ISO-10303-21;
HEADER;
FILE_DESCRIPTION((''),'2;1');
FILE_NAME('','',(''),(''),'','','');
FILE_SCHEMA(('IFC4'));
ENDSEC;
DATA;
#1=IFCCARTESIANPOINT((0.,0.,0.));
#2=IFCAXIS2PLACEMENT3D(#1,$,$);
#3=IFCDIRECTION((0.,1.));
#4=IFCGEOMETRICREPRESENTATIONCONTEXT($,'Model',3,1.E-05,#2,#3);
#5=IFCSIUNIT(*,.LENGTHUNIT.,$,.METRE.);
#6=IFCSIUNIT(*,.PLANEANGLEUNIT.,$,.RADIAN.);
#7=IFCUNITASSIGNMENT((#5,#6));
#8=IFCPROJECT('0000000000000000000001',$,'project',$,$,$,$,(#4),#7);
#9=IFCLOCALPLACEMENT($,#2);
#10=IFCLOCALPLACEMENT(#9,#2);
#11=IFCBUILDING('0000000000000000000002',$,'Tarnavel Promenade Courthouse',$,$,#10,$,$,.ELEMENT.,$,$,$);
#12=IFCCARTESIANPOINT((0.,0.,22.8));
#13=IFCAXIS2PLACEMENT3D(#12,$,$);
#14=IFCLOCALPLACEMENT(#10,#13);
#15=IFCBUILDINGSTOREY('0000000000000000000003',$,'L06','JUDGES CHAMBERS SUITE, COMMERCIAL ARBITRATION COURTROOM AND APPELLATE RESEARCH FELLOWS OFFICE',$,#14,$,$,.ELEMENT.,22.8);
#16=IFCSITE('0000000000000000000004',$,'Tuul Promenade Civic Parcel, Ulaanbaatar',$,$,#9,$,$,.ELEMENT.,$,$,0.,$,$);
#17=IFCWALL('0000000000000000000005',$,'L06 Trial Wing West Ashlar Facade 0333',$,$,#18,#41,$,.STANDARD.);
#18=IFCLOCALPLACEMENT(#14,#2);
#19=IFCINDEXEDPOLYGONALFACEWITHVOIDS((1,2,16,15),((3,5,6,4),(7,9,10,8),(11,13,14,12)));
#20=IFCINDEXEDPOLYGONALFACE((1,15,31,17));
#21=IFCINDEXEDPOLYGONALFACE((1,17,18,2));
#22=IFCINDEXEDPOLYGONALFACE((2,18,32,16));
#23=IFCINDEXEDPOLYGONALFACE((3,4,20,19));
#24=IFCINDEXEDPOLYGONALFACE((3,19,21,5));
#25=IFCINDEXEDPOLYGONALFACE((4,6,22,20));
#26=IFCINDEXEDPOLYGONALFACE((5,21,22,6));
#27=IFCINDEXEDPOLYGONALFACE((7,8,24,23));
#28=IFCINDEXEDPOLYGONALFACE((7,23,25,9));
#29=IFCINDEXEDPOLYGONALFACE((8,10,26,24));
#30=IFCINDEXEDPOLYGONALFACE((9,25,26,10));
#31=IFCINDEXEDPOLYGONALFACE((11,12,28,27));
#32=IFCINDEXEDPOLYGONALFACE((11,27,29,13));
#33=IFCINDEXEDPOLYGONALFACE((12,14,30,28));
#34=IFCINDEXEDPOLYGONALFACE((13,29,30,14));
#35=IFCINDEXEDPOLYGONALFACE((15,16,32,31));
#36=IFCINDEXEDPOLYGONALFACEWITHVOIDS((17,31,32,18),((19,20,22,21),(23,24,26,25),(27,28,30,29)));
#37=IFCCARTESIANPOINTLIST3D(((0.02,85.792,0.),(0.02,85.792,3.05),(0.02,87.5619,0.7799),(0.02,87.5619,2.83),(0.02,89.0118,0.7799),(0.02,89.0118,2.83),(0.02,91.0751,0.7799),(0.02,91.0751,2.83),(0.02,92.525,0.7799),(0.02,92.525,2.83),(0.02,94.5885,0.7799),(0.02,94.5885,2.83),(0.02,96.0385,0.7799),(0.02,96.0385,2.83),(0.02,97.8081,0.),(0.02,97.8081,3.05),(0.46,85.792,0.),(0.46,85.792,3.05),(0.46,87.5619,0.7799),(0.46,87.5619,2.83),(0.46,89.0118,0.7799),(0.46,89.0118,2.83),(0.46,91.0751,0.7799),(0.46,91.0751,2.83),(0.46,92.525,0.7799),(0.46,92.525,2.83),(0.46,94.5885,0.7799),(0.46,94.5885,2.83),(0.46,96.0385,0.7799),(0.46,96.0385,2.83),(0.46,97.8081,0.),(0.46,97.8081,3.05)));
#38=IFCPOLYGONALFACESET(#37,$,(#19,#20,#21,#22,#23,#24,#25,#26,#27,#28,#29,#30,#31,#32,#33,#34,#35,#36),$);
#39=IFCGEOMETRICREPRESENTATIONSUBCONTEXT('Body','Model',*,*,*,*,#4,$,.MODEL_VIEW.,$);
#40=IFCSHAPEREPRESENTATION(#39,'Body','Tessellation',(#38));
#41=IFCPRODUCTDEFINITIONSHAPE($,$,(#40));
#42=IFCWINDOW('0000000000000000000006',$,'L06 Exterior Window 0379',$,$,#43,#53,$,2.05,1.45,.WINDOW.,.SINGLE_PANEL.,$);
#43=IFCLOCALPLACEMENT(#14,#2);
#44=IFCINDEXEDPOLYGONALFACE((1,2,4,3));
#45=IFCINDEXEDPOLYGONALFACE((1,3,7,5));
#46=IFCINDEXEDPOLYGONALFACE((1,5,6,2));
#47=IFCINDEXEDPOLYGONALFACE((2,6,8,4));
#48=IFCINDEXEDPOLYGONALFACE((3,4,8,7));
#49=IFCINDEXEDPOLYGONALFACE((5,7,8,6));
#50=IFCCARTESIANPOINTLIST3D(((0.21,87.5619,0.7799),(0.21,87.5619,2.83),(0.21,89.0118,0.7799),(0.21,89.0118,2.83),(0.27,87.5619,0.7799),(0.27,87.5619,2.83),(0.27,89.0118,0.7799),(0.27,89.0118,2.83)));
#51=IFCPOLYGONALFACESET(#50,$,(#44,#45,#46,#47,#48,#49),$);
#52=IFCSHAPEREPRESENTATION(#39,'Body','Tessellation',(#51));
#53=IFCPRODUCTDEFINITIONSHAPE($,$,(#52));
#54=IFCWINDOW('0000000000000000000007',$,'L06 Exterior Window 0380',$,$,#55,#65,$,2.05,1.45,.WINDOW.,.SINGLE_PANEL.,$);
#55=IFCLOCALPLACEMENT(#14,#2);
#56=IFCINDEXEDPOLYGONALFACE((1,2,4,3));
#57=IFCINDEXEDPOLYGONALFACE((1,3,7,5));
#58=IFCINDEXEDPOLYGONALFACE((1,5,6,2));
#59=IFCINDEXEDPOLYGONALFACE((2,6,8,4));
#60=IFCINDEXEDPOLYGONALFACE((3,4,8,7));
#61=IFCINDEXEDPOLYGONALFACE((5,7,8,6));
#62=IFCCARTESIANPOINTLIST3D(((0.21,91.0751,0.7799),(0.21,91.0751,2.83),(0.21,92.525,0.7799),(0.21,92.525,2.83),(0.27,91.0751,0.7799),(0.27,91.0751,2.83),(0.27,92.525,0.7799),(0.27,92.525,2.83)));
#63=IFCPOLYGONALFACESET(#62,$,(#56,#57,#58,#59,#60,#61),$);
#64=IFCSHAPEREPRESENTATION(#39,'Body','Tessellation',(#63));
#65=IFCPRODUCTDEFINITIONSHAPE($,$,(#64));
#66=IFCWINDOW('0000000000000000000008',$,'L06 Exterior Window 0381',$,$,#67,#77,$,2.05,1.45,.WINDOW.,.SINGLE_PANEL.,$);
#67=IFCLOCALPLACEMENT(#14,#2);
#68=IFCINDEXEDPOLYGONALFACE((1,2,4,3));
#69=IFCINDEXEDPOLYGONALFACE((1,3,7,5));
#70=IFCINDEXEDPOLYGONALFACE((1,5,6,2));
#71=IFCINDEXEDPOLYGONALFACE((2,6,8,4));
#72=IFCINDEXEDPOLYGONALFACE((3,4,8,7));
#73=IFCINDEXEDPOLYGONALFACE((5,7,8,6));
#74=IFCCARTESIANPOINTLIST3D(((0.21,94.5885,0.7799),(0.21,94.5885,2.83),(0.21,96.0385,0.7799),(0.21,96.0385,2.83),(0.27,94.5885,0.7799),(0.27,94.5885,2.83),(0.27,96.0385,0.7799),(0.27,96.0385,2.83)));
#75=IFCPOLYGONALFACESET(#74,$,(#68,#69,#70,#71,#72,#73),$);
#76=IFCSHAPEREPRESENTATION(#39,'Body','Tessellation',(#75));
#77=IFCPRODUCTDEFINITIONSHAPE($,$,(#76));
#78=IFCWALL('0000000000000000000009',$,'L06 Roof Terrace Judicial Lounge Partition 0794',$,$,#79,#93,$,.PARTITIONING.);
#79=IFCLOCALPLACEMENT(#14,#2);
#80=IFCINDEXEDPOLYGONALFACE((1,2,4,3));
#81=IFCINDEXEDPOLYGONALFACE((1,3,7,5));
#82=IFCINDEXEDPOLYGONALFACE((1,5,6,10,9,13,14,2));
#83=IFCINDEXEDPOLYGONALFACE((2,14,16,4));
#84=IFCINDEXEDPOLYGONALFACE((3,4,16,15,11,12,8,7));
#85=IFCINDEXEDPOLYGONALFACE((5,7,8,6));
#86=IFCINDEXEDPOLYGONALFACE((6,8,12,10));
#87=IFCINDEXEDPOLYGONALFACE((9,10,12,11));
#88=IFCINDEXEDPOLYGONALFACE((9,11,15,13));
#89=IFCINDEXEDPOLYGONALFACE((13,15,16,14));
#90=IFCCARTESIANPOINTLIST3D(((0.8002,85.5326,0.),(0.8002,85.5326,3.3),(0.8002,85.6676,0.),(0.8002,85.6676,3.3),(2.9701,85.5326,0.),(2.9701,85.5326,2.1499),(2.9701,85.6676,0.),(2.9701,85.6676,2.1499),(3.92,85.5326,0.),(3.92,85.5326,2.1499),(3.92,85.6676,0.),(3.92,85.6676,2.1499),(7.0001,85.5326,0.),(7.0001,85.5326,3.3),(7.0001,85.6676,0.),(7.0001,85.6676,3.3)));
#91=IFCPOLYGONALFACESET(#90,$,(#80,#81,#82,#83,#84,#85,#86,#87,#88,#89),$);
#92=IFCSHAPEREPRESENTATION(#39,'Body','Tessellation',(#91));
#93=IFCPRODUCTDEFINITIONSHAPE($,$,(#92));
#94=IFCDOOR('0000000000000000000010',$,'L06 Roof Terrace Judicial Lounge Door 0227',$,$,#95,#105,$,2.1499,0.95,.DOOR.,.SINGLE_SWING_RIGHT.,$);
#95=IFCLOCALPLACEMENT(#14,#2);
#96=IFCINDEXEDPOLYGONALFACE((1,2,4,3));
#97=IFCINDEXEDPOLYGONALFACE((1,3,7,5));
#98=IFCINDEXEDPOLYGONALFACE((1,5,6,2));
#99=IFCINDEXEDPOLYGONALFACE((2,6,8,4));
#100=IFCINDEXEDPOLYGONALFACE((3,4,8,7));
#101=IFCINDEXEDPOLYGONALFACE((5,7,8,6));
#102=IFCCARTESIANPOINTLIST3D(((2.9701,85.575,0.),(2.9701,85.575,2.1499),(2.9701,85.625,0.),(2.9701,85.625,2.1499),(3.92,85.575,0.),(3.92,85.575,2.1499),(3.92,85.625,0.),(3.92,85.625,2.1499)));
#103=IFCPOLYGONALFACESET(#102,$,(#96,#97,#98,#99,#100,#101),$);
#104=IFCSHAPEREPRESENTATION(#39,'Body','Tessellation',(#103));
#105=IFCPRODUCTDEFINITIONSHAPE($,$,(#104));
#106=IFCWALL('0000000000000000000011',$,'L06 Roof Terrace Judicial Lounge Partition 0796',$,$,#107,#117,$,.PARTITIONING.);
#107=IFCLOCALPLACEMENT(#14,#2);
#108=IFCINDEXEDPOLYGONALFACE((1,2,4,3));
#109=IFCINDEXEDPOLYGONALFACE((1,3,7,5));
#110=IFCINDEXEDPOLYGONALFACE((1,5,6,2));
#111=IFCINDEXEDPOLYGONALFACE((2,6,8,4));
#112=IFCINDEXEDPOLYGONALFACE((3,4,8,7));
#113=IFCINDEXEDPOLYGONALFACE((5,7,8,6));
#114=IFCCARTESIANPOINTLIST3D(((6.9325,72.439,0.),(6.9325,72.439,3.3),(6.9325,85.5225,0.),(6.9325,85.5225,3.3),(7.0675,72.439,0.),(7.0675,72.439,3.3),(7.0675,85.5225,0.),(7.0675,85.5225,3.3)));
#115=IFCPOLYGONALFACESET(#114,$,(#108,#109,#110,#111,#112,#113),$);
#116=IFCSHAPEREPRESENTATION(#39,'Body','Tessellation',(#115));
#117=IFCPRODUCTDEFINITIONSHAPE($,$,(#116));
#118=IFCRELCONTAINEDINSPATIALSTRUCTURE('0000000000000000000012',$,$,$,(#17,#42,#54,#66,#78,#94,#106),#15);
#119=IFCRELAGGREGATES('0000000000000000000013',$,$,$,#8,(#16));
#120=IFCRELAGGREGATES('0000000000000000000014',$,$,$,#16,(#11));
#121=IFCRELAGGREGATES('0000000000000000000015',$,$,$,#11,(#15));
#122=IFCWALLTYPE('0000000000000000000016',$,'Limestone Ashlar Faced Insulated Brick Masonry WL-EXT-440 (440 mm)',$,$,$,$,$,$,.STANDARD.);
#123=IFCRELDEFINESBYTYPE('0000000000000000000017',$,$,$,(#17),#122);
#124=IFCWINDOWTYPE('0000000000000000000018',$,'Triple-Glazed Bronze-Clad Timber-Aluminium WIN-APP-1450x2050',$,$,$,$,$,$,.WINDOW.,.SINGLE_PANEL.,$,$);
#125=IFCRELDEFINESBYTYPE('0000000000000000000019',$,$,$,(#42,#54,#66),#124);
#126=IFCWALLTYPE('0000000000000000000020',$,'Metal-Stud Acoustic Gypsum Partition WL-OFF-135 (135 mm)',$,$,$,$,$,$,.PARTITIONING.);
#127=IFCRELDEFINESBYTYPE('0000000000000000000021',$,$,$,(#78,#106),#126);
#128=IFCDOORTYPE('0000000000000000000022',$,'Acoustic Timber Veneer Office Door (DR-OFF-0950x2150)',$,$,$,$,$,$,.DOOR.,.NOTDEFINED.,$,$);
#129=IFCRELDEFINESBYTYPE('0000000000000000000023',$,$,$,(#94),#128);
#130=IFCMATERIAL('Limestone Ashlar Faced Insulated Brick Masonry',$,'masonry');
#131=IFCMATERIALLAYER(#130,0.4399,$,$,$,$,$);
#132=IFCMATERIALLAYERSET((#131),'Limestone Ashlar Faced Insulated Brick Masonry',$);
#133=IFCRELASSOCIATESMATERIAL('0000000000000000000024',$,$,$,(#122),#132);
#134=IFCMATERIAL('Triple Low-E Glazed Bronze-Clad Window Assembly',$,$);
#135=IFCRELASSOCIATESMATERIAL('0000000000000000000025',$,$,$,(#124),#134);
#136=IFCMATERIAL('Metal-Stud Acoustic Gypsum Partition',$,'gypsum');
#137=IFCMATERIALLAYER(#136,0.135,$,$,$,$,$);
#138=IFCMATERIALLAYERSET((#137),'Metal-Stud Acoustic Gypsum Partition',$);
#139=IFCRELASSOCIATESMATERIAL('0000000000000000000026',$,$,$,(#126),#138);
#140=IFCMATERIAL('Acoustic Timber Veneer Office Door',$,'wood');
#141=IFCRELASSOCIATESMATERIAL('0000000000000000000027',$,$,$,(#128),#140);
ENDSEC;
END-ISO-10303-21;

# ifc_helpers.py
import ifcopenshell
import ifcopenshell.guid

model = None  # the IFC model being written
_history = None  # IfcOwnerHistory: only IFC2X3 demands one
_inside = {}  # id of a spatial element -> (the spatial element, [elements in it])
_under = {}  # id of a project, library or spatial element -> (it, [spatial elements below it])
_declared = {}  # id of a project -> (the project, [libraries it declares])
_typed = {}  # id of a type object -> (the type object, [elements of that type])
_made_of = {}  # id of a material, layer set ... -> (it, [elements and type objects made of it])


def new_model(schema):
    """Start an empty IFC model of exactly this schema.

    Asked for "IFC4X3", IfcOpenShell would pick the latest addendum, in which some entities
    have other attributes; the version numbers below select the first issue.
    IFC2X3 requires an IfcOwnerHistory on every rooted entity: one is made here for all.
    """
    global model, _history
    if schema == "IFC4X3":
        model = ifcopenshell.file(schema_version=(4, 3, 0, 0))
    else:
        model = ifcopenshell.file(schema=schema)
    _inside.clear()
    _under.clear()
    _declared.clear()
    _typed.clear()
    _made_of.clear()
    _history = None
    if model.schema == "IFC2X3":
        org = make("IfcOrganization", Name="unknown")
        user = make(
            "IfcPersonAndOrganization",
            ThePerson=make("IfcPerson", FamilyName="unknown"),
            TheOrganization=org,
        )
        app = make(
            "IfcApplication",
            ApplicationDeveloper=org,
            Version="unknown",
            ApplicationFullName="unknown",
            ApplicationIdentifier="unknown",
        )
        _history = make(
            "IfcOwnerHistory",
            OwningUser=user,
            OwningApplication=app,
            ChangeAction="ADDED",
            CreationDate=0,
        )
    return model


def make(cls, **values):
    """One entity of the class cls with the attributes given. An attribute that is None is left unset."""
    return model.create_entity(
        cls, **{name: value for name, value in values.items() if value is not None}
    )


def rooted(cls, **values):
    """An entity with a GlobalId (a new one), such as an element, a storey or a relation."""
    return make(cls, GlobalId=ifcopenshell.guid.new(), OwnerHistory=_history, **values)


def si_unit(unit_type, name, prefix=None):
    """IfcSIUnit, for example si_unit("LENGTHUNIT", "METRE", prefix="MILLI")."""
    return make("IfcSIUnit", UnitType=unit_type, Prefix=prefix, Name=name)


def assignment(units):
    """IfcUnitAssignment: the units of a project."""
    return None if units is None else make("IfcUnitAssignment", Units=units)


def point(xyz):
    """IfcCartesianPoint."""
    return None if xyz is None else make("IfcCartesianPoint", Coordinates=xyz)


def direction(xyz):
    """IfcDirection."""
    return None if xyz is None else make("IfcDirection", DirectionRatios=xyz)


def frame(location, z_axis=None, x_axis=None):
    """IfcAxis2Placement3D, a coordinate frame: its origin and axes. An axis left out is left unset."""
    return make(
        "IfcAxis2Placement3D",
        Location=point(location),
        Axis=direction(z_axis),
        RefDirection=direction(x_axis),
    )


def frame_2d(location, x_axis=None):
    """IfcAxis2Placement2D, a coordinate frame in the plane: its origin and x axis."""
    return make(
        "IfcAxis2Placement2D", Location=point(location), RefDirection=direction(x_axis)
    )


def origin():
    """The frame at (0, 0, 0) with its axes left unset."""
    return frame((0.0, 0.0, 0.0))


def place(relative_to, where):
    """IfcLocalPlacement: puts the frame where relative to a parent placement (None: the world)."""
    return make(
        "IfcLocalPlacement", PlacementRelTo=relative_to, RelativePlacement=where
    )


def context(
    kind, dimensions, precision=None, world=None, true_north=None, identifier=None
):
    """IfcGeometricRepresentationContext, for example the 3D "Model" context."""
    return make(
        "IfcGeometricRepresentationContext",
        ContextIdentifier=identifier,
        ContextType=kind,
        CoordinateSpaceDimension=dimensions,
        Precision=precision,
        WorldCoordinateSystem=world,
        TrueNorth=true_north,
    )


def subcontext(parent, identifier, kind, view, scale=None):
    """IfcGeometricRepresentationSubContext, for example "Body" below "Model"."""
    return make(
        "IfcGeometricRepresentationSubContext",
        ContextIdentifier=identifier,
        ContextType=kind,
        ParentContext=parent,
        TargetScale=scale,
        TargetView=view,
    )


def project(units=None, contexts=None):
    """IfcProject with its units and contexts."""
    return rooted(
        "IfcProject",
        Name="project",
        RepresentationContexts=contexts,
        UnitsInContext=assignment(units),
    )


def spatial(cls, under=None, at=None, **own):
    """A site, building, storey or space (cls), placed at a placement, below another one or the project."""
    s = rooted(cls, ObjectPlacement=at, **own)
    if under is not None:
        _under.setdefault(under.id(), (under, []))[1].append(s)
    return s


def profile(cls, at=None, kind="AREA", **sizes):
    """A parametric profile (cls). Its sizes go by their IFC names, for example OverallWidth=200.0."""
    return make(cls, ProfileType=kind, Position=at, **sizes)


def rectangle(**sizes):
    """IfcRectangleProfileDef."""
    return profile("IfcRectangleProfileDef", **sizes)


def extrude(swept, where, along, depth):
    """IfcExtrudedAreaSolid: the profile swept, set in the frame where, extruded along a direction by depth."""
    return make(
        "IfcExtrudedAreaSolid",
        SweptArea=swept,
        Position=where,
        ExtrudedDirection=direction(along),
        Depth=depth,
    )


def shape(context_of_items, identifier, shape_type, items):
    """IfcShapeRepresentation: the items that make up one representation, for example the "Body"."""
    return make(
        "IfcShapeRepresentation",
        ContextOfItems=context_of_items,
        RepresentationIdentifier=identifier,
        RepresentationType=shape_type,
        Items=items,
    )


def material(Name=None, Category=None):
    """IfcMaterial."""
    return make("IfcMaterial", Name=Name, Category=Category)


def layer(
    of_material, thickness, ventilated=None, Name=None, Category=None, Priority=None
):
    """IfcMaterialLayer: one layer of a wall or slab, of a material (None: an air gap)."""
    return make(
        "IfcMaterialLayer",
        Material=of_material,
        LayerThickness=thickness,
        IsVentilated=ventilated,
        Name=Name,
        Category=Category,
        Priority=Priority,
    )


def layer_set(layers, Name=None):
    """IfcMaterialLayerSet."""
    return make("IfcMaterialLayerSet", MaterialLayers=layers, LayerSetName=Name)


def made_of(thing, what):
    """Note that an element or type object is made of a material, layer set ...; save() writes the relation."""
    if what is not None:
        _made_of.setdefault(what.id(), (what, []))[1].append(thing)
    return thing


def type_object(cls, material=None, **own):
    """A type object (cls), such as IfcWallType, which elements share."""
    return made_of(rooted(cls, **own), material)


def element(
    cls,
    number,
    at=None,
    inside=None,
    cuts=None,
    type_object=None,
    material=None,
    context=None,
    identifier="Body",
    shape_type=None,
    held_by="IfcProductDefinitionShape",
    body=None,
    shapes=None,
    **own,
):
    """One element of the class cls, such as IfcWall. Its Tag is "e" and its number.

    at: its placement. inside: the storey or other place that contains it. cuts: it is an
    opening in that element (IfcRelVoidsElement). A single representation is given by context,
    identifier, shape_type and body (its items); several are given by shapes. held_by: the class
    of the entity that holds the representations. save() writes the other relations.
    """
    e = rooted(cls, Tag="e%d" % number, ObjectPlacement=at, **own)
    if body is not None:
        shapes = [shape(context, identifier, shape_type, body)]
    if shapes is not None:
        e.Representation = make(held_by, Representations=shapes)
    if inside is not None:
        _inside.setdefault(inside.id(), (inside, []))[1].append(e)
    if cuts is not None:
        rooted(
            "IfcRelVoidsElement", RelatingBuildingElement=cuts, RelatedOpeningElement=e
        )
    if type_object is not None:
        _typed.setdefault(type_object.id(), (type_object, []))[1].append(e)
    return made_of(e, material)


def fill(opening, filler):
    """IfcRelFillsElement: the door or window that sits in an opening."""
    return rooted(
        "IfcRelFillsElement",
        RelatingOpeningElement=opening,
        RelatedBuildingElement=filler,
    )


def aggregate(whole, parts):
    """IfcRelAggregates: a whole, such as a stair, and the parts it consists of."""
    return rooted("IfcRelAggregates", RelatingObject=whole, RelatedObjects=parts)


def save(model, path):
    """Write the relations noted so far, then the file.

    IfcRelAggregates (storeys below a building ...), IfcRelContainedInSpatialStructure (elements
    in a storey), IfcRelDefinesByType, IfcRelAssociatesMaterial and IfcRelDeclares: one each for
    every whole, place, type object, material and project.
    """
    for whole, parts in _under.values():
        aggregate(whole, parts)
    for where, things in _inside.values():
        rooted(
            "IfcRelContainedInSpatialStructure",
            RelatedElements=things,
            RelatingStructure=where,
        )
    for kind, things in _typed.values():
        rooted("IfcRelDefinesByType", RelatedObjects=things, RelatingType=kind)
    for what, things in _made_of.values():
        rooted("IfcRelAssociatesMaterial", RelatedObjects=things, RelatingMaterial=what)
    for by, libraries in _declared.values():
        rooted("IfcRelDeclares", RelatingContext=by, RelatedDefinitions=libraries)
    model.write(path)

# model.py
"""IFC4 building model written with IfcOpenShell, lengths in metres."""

from ifc_helpers import new_model, si_unit, direction, frame, frame_2d, origin, place, context, subcontext, project, spatial, rectangle, extrude, material, layer, layer_set, type_object, element, fill, save


model = new_model("IFC4")

# Units and contexts
model_context = context("Model", 3, precision=1e-05, world=origin(), true_north=direction((0.0, 1.0)))
body_context = subcontext(model_context, "Body", "Model", "MODEL_VIEW")
ifc_project = project(units=[si_unit("LENGTHUNIT", "METRE"), si_unit("PLANEANGLEUNIT", "RADIAN")], contexts=[model_context])

# Site, building, storey
site_placement = place(None, origin())
site = spatial("IfcSite", under=ifc_project, at=site_placement, Name="Tuul Promenade Civic Parcel, Ulaanbaatar", CompositionType="ELEMENT", RefElevation=0.0)
building_placement = place(site_placement, origin())
building = spatial("IfcBuilding", under=site, at=building_placement, Name="Tarnavel Promenade Courthouse", CompositionType="ELEMENT")
storey_placement = place(building_placement, frame((0.0, 0.0, 22.8)))
storey = spatial("IfcBuildingStorey", under=building, at=storey_placement, Name="L06", Description="JUDGES CHAMBERS SUITE, COMMERCIAL ARBITRATION COURTROOM AND APPELLATE RESEARCH FELLOWS OFFICE", CompositionType="ELEMENT", Elevation=22.8)

# Wall, openings, windows
ifc_material_1 = material(Name="Limestone Ashlar Faced Insulated Brick Masonry", Category="masonry")
ifc_layer_1 = layer(ifc_material_1, 0.4399)
ifc_layer_set_1 = layer_set([ifc_layer_1], Name="Limestone Ashlar Faced Insulated Brick Masonry")
wall_type_1 = type_object("IfcWallType", Name="Limestone Ashlar Faced Insulated Brick Masonry WL-EXT-440 (440 mm)", PredefinedType="STANDARD", material=ifc_layer_set_1)
wall_1_placement = place(storey_placement, frame((0.24, 85.792, 0.0), z_axis=(0.0, 0.0, 1.0), x_axis=(0.0, 1.0, 0.0)))
wall_1 = element("IfcWall", 1, at=wall_1_placement, inside=storey, type_object=wall_type_1, Name="L06 Trial Wing West Ashlar Facade 0333", PredefinedType="STANDARD", context=body_context, shape_type="SweptSolid", body=[
    extrude(rectangle(XDim=12.0161, YDim=0.4399, at=frame_2d((6.0081, 0.0))), origin(), (0.0, 0.0, 1.0), 3.05),
])
opening_1_placement = place(wall_1_placement, frame((1.7698, 0.0, 0.78)))
opening_1 = element("IfcOpeningElement", 2, at=opening_1_placement, cuts=wall_1, PredefinedType="OPENING", context=body_context, shape_type="SweptSolid", body=[
    extrude(rectangle(XDim=1.45, YDim=2.05, at=frame_2d((0.7251, 1.0249))), frame((0.0, 0.23, 0.0), z_axis=(0.0, -1.0, 0.0), x_axis=(1.0, 0.0, 0.0)), (0.0, 0.0, 1.0), 0.46),
])
opening_2_placement = place(wall_1_placement, frame((5.283, 0.0, 0.78)))
opening_2 = element("IfcOpeningElement", 3, at=opening_2_placement, cuts=wall_1, PredefinedType="OPENING", context=body_context, shape_type="SweptSolid", body=[
    extrude(rectangle(XDim=1.45, YDim=2.05, at=frame_2d((0.7251, 1.0249))), frame((0.0, 0.23, 0.0), z_axis=(0.0, -1.0, 0.0), x_axis=(1.0, 0.0, 0.0)), (0.0, 0.0, 1.0), 0.46),
])
opening_3_placement = place(wall_1_placement, frame((8.7964, 0.0, 0.78)))
opening_3 = element("IfcOpeningElement", 4, at=opening_3_placement, cuts=wall_1, PredefinedType="OPENING", context=body_context, shape_type="SweptSolid", body=[
    extrude(rectangle(XDim=1.45, YDim=2.05, at=frame_2d((0.7251, 1.0249))), frame((0.0, 0.23, 0.0), z_axis=(0.0, -1.0, 0.0), x_axis=(1.0, 0.0, 0.0)), (0.0, 0.0, 1.0), 0.46),
])
ifc_material_2 = material(Name="Triple Low-E Glazed Bronze-Clad Window Assembly")
window_type = type_object("IfcWindowType", Name="Triple-Glazed Bronze-Clad Timber-Aluminium WIN-APP-1450x2050", PartitioningType="SINGLE_PANEL", PredefinedType="WINDOW", material=ifc_material_2)
window_1_placement = place(opening_1_placement, origin())
window_1 = element("IfcWindow", 5, at=window_1_placement, inside=storey, type_object=window_type, Name="L06 Exterior Window 0379", OverallHeight=2.05, OverallWidth=1.45, PartitioningType="SINGLE_PANEL", PredefinedType="WINDOW", context=body_context, shape_type="SweptSolid", body=[
    extrude(rectangle(XDim=1.45, YDim=2.05, at=frame_2d((0.7251, 1.0249))), frame((0.0, 0.03, 0.0), z_axis=(0.0, -1.0, 0.0), x_axis=(1.0, 0.0, 0.0)), (0.0, 0.0, 1.0), 0.0601),
])
fill(opening_1, window_1)
window_2_placement = place(opening_2_placement, origin())
window_2 = element("IfcWindow", 6, at=window_2_placement, inside=storey, type_object=window_type, Name="L06 Exterior Window 0380", OverallHeight=2.05, OverallWidth=1.45, PartitioningType="SINGLE_PANEL", PredefinedType="WINDOW", context=body_context, shape_type="SweptSolid", body=[
    extrude(rectangle(XDim=1.45, YDim=2.05, at=frame_2d((0.7251, 1.0249))), frame((0.0, 0.03, 0.0), z_axis=(0.0, -1.0, 0.0), x_axis=(1.0, 0.0, 0.0)), (0.0, 0.0, 1.0), 0.0601),
])
fill(opening_2, window_2)
window_3_placement = place(opening_3_placement, origin())
window_3 = element("IfcWindow", 7, at=window_3_placement, inside=storey, type_object=window_type, Name="L06 Exterior Window 0381", OverallHeight=2.05, OverallWidth=1.45, PartitioningType="SINGLE_PANEL", PredefinedType="WINDOW", context=body_context, shape_type="SweptSolid", body=[
    extrude(rectangle(XDim=1.45, YDim=2.05, at=frame_2d((0.7251, 1.0249))), frame((0.0, 0.03, 0.0), z_axis=(0.0, -1.0, 0.0), x_axis=(1.0, 0.0, 0.0)), (0.0, 0.0, 1.0), 0.0601),
])
fill(opening_3, window_3)

# Wall, opening, door
ifc_material_3 = material(Name="Metal-Stud Acoustic Gypsum Partition", Category="gypsum")
ifc_layer_2 = layer(ifc_material_3, 0.135)
ifc_layer_set_2 = layer_set([ifc_layer_2], Name="Metal-Stud Acoustic Gypsum Partition")
wall_type_2 = type_object("IfcWallType", Name="Metal-Stud Acoustic Gypsum Partition WL-OFF-135 (135 mm)", PredefinedType="PARTITIONING", material=ifc_layer_set_2)
wall_2_placement = place(storey_placement, frame((0.8, 85.6001, 0.0), z_axis=(0.0, 0.0, 1.0), x_axis=(1.0, 0.0, 0.0)))
wall_2 = element("IfcWall", 8, at=wall_2_placement, inside=storey, type_object=wall_type_2, Name="L06 Roof Terrace Judicial Lounge Partition 0794", PredefinedType="PARTITIONING", context=body_context, shape_type="SweptSolid", body=[
    extrude(rectangle(XDim=6.2, YDim=0.135, at=frame_2d((3.1001, 0.0))), origin(), (0.0, 0.0, 1.0), 3.3),
])
opening_4_placement = place(wall_2_placement, frame((2.1699, 0.0, 0.0)))
opening_4 = element("IfcOpeningElement", 9, at=opening_4_placement, cuts=wall_2, PredefinedType="OPENING", context=body_context, shape_type="SweptSolid", body=[
    extrude(rectangle(XDim=0.95, YDim=2.1499, at=frame_2d((0.4751, 1.075))), frame((0.0, 0.0774, 0.0), z_axis=(0.0, -1.0, 0.0), x_axis=(1.0, 0.0, 0.0)), (0.0, 0.0, 1.0), 0.155),
])
ifc_material_4 = material(Name="Acoustic Timber Veneer Office Door", Category="wood")
door_type = type_object("IfcDoorType", Name="Acoustic Timber Veneer Office Door (DR-OFF-0950x2150)", OperationType="NOTDEFINED", PredefinedType="DOOR", material=ifc_material_4)
door_placement = place(opening_4_placement, origin())
door = element("IfcDoor", 10, at=door_placement, inside=storey, type_object=door_type, Name="L06 Roof Terrace Judicial Lounge Door 0227", OperationType="SINGLE_SWING_RIGHT", OverallHeight=2.1499, OverallWidth=0.95, PredefinedType="DOOR", context=body_context, shape_type="SweptSolid", body=[
    extrude(rectangle(XDim=0.95, YDim=2.1499, at=frame_2d((0.4751, 1.075))), frame((0.0, 0.0249, 0.0), z_axis=(0.0, -1.0, 0.0), x_axis=(1.0, 0.0, 0.0)), (0.0, 0.0, 1.0), 0.05),
])
fill(opening_4, door)

# Wall
wall_3_placement = place(storey_placement, frame((7.0, 85.5225, 0.0), z_axis=(0.0, 0.0, 1.0), x_axis=(0.0, -1.0, 0.0)))
element("IfcWall", 11, at=wall_3_placement, inside=storey, type_object=wall_type_2, Name="L06 Roof Terrace Judicial Lounge Partition 0796", PredefinedType="PARTITIONING", context=body_context, shape_type="SweptSolid", body=[
    extrude(rectangle(XDim=13.0835, YDim=0.135, at=frame_2d((6.5417, 0.0))), origin(), (0.0, 0.0, 1.0), 3.3),
])

save(model, "model.ifc")
